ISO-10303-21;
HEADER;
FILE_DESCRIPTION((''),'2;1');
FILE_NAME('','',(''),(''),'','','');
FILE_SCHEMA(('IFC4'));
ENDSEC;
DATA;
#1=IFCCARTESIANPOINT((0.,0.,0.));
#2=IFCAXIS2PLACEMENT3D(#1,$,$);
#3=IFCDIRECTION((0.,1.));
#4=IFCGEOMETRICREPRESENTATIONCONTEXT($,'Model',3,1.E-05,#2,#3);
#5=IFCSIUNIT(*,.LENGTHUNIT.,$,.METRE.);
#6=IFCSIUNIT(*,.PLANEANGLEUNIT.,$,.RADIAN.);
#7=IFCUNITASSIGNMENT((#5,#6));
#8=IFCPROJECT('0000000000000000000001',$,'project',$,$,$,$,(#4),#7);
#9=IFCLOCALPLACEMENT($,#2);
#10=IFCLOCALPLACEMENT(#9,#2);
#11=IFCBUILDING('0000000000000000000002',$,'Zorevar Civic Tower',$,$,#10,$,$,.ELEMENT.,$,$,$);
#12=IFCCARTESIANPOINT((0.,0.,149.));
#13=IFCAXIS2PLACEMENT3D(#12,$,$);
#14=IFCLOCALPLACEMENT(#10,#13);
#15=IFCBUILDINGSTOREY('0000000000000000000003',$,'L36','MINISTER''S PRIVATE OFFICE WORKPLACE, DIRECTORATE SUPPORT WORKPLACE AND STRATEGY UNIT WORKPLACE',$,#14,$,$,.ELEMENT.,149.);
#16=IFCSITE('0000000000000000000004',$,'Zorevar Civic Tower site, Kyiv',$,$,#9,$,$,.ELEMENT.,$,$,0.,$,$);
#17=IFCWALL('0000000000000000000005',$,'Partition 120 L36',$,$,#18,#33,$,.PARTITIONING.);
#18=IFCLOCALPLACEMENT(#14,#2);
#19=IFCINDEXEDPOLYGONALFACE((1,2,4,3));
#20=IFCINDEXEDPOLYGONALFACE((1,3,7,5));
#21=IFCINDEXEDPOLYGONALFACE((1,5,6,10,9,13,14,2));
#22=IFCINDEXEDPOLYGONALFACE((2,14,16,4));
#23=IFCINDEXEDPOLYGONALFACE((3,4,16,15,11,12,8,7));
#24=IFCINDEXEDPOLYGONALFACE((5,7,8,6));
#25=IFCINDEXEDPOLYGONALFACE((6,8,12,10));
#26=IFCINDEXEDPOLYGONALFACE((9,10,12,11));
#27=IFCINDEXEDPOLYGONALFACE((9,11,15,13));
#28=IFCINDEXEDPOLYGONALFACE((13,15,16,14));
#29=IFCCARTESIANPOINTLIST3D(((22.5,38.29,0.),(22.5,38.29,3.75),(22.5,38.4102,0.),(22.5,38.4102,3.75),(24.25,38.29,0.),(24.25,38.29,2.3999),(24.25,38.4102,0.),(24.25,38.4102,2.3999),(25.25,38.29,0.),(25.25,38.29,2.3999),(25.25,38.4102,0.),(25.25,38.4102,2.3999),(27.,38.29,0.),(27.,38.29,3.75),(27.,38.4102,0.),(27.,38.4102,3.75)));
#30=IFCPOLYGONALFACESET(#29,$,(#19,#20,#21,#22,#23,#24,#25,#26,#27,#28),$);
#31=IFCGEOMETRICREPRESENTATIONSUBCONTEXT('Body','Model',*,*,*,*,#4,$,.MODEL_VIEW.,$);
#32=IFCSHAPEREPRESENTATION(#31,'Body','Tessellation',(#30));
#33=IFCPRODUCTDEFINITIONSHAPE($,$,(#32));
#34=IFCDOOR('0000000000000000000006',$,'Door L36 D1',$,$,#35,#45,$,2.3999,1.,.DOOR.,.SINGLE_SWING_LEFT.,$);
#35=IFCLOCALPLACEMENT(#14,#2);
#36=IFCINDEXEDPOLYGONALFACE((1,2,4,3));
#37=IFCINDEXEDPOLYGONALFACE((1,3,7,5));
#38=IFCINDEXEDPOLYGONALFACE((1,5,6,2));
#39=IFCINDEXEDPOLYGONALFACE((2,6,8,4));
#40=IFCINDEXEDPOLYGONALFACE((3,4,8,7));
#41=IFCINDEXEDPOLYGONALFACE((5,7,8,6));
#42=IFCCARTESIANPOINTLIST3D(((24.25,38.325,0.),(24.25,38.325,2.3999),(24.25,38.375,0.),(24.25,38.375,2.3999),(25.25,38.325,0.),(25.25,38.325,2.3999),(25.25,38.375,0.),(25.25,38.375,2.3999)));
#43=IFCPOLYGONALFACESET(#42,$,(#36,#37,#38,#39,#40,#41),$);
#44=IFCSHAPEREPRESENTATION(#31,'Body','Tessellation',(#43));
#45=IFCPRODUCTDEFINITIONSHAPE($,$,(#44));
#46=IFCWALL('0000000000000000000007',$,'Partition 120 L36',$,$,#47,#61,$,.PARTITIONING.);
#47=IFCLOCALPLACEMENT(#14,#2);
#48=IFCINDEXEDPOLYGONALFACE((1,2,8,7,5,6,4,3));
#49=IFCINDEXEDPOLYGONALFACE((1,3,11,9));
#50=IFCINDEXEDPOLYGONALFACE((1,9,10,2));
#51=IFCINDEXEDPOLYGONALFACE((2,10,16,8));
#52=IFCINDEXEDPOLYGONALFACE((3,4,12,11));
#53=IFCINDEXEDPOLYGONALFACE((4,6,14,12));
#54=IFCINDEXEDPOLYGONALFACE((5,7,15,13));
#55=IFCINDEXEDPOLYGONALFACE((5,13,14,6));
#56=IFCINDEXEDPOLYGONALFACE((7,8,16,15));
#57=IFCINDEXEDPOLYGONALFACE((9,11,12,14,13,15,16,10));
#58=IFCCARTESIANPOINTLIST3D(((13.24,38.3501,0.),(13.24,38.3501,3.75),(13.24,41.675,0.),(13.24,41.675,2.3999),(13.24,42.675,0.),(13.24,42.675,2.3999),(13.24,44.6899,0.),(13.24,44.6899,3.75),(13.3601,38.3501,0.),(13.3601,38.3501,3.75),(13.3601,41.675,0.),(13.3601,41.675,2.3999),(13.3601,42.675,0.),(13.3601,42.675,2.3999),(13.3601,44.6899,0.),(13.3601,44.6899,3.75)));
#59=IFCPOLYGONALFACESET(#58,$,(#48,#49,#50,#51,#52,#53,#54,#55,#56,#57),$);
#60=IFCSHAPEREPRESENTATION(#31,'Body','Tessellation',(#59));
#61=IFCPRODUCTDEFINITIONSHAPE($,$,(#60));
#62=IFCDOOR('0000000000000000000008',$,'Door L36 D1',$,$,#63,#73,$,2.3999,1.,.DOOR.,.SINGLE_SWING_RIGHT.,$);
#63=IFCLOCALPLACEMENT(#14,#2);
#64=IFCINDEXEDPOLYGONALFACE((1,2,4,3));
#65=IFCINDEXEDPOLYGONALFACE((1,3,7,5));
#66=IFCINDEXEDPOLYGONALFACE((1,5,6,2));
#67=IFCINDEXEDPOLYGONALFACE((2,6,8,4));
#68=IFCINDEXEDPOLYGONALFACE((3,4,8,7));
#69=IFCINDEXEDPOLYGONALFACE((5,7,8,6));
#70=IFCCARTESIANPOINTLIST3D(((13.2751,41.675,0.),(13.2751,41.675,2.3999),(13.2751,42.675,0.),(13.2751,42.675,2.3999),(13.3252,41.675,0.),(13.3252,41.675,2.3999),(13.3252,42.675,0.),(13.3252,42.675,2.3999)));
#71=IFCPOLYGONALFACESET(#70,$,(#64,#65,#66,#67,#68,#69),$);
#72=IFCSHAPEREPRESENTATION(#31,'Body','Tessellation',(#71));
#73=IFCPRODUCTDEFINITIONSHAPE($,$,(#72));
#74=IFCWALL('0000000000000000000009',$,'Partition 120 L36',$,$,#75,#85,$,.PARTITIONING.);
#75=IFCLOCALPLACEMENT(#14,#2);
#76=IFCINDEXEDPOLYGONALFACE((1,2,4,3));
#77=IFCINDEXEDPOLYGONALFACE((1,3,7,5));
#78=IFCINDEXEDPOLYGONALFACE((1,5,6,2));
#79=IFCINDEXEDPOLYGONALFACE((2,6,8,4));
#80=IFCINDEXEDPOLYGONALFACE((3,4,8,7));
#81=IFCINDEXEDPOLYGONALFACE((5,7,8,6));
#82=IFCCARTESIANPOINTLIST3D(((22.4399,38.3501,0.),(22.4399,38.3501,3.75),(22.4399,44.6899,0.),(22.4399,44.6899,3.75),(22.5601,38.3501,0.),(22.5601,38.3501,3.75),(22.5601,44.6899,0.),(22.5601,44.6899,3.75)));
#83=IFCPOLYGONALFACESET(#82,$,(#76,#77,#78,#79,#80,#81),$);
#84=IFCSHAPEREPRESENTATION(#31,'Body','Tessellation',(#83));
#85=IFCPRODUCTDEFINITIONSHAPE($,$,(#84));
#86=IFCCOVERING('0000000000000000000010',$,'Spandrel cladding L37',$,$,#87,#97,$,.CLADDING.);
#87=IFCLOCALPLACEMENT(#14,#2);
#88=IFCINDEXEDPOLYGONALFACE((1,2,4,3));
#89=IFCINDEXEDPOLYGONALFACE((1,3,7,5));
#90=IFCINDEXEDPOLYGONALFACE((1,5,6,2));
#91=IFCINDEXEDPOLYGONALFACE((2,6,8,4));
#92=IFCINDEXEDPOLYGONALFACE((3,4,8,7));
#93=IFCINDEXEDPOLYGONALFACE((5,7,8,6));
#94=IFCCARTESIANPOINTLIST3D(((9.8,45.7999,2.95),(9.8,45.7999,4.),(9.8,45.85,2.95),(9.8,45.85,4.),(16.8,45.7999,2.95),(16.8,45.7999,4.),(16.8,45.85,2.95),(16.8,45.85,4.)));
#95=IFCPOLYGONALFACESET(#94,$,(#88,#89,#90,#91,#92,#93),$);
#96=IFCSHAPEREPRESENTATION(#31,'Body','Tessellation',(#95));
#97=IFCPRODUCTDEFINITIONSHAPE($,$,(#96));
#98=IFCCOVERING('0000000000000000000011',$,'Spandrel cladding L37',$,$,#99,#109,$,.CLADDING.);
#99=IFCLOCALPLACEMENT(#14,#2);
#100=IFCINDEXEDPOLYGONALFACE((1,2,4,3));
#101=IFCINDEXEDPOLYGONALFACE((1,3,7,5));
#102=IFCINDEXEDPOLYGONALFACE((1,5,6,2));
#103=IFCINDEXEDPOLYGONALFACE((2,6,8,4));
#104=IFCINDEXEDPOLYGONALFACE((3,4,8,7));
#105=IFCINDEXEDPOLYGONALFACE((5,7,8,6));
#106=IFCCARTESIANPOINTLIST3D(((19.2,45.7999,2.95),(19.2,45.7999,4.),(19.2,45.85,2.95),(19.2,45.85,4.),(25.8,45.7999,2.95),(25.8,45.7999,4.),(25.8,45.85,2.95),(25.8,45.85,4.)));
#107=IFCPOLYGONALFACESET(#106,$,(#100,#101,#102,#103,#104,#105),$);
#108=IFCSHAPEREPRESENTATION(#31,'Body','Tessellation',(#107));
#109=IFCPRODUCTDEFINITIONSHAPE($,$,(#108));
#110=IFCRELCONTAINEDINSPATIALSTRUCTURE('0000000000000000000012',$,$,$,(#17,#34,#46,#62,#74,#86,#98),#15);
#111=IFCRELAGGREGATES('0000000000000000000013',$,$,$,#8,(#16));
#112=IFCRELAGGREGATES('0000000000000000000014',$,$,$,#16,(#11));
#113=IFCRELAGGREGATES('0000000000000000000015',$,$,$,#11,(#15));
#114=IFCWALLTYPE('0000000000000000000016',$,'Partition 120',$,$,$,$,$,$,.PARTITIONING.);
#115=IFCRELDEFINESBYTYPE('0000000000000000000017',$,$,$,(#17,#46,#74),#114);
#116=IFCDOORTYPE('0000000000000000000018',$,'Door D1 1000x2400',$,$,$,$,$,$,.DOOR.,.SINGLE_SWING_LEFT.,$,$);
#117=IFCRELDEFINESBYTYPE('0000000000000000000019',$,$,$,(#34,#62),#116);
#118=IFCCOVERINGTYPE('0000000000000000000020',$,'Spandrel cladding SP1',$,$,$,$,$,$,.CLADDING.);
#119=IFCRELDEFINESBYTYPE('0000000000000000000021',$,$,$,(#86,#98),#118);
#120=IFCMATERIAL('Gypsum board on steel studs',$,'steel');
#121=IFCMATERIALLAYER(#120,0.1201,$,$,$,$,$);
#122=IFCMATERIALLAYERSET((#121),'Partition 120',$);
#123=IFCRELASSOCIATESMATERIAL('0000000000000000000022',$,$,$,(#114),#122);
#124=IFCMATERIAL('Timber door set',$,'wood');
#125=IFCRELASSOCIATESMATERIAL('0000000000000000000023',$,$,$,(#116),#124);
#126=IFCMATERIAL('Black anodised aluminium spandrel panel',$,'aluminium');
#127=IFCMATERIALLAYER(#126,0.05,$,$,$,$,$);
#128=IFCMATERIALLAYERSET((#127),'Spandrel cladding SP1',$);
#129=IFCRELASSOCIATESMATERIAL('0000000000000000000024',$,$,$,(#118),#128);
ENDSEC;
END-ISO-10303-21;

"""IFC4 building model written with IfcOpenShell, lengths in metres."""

from ifc_helpers import new_model, si_unit, direction, frame, frame_2d, origin, place, context, subcontext, project, spatial, rectangle, extrude, material, layer, layer_set, type_object, element, fill, save


model = new_model("IFC4")

# Units and contexts
model_context = context("Model", 3, precision=1e-05, world=origin(), true_north=direction((0.0, 1.0)))
body_context = subcontext(model_context, "Body", "Model", "MODEL_VIEW")
ifc_project = project(units=[si_unit("LENGTHUNIT", "METRE"), si_unit("PLANEANGLEUNIT", "RADIAN")], contexts=[model_context])

# Site, building, storey
site_placement = place(None, origin())
site = spatial("IfcSite", under=ifc_project, at=site_placement, Name="Zorevar Civic Tower site, Kyiv", CompositionType="ELEMENT", RefElevation=0.0)
building_placement = place(site_placement, origin())
building = spatial("IfcBuilding", under=site, at=building_placement, Name="Zorevar Civic Tower", CompositionType="ELEMENT")
storey_placement = place(building_placement, frame((0.0, 0.0, 149.0)))
storey = spatial("IfcBuildingStorey", under=building, at=storey_placement, Name="L36", Description="MINISTER'S PRIVATE OFFICE WORKPLACE, DIRECTORATE SUPPORT WORKPLACE AND STRATEGY UNIT WORKPLACE", CompositionType="ELEMENT", Elevation=149.0)

# Shared definitions
ifc_material_1 = material(Name="Gypsum board on steel studs", Category="steel")
ifc_layer_1 = layer(ifc_material_1, 0.1201)
ifc_layer_set_1 = layer_set([ifc_layer_1], Name="Partition 120")
wall_type_1 = type_object("IfcWallType", Name="Partition 120", PredefinedType="PARTITIONING", material=ifc_layer_set_1)

# Walls, openings, doors
wall_1_placement = place(storey_placement, frame((22.5, 38.3501, 0.0), z_axis=(0.0, 0.0, 1.0), x_axis=(1.0, 0.0, 0.0)))
wall_1 = element("IfcWall", 1, at=wall_1_placement, inside=storey, type_object=wall_type_1, Name="Partition 120 L36", PredefinedType="PARTITIONING", context=body_context, shape_type="SweptSolid", body=[
    extrude(rectangle(XDim=4.5, YDim=0.1201, at=frame_2d((2.25, 0.0))), origin(), (0.0, 0.0, 1.0), 3.75),
])
opening_1_placement = place(wall_1_placement, frame((1.75, 0.0, 0.0)))
opening_1 = element("IfcOpeningElement", 2, at=opening_1_placement, cuts=wall_1, PredefinedType="OPENING", context=body_context, shape_type="SweptSolid", body=[
    extrude(rectangle(XDim=1.0, YDim=2.3999, at=frame_2d((0.5, 1.2))), frame((0.0, 0.0701, 0.0), z_axis=(0.0, -1.0, 0.0), x_axis=(1.0, 0.0, 0.0)), (0.0, 0.0, 1.0), 0.1401),
])
ifc_material_2 = material(Name="Timber door set", Category="wood")
door_type_1 = type_object("IfcDoorType", Name="Door D1 1000x2400", OperationType="SINGLE_SWING_LEFT", PredefinedType="DOOR", material=ifc_material_2)
door_1_placement = place(opening_1_placement, origin())
door_1 = element("IfcDoor", 3, at=door_1_placement, inside=storey, type_object=door_type_1, Name="Door L36 D1", OperationType="SINGLE_SWING_LEFT", OverallHeight=2.3999, OverallWidth=1.0, PredefinedType="DOOR", context=body_context, shape_type="SweptSolid", body=[
    extrude(rectangle(XDim=1.0, YDim=2.3999, at=frame_2d((0.5, 1.2))), frame((0.0, 0.0249, 0.0), z_axis=(0.0, -1.0, 0.0), x_axis=(1.0, 0.0, 0.0)), (0.0, 0.0, 1.0), 0.05),
])
fill(opening_1, door_1)
wall_2_placement = place(storey_placement, frame((13.3, 38.3501, 0.0), z_axis=(0.0, 0.0, 1.0), x_axis=(0.0, 1.0, 0.0)))
wall_2 = element("IfcWall", 4, at=wall_2_placement, inside=storey, type_object=wall_type_1, Name="Partition 120 L36", PredefinedType="PARTITIONING", context=body_context, shape_type="SweptSolid", body=[
    extrude(rectangle(XDim=6.3398, YDim=0.1201, at=frame_2d((3.1699, 0.0))), origin(), (0.0, 0.0, 1.0), 3.75),
])
opening_2_placement = place(wall_2_placement, frame((3.325, 0.0, 0.0)))
opening_2 = element("IfcOpeningElement", 5, at=opening_2_placement, cuts=wall_2, PredefinedType="OPENING", context=body_context, shape_type="SweptSolid", body=[
    extrude(rectangle(XDim=1.0, YDim=2.3999, at=frame_2d((0.5, 1.2))), frame((0.0, 0.0701, 0.0), z_axis=(0.0, -1.0, 0.0), x_axis=(1.0, 0.0, 0.0)), (0.0, 0.0, 1.0), 0.1401),
])
door_2_placement = place(opening_2_placement, origin())
door_2 = element("IfcDoor", 6, at=door_2_placement, inside=storey, type_object=door_type_1, Name="Door L36 D1", OperationType="SINGLE_SWING_RIGHT", OverallHeight=2.3999, OverallWidth=1.0, PredefinedType="DOOR", context=body_context, shape_type="SweptSolid", body=[
    extrude(rectangle(XDim=1.0, YDim=2.3999, at=frame_2d((0.5, 1.2))), frame((0.0, 0.0249, 0.0), z_axis=(0.0, -1.0, 0.0), x_axis=(1.0, 0.0, 0.0)), (0.0, 0.0, 1.0), 0.05),
])
fill(opening_2, door_2)

# Wall
wall_3_placement = place(storey_placement, frame((22.5, 38.3501, 0.0), z_axis=(0.0, 0.0, 1.0), x_axis=(0.0, 1.0, 0.0)))
element("IfcWall", 7, at=wall_3_placement, inside=storey, type_object=wall_type_1, Name="Partition 120 L36", PredefinedType="PARTITIONING", context=body_context, shape_type="SweptSolid", body=[
    extrude(rectangle(XDim=6.3398, YDim=0.1201, at=frame_2d((3.1699, 0.0))), origin(), (0.0, 0.0, 1.0), 3.75),
])

# Coverings
ifc_material_3 = material(Name="Black anodised aluminium spandrel panel", Category="aluminium")
ifc_layer_2 = layer(ifc_material_3, 0.05)
ifc_layer_set_2 = layer_set([ifc_layer_2], Name="Spandrel cladding SP1")
covering_type = type_object("IfcCoveringType", Name="Spandrel cladding SP1", PredefinedType="CLADDING", material=ifc_layer_set_2)
covering_1_placement = place(storey_placement, frame((9.8, 45.825, 2.95), z_axis=(0.0, 0.0, 1.0), x_axis=(1.0, 0.0, 0.0)))
element("IfcCovering", 8, at=covering_1_placement, inside=storey, type_object=covering_type, Name="Spandrel cladding L37", PredefinedType="CLADDING", context=body_context, shape_type="SweptSolid", body=[
    extrude(rectangle(XDim=7.0, YDim=0.05, at=frame_2d((3.5, 0.0))), origin(), (0.0, 0.0, 1.0), 1.05),
])
covering_2_placement = place(storey_placement, frame((19.2, 45.825, 2.95), z_axis=(0.0, 0.0, 1.0), x_axis=(1.0, 0.0, 0.0)))
element("IfcCovering", 9, at=covering_2_placement, inside=storey, type_object=covering_type, Name="Spandrel cladding L37", PredefinedType="CLADDING", context=body_context, shape_type="SweptSolid", body=[
    extrude(rectangle(XDim=6.6001, YDim=0.05, at=frame_2d((3.3, 0.0))), origin(), (0.0, 0.0, 1.0), 1.05),
])

save(model, "model.ifc")
